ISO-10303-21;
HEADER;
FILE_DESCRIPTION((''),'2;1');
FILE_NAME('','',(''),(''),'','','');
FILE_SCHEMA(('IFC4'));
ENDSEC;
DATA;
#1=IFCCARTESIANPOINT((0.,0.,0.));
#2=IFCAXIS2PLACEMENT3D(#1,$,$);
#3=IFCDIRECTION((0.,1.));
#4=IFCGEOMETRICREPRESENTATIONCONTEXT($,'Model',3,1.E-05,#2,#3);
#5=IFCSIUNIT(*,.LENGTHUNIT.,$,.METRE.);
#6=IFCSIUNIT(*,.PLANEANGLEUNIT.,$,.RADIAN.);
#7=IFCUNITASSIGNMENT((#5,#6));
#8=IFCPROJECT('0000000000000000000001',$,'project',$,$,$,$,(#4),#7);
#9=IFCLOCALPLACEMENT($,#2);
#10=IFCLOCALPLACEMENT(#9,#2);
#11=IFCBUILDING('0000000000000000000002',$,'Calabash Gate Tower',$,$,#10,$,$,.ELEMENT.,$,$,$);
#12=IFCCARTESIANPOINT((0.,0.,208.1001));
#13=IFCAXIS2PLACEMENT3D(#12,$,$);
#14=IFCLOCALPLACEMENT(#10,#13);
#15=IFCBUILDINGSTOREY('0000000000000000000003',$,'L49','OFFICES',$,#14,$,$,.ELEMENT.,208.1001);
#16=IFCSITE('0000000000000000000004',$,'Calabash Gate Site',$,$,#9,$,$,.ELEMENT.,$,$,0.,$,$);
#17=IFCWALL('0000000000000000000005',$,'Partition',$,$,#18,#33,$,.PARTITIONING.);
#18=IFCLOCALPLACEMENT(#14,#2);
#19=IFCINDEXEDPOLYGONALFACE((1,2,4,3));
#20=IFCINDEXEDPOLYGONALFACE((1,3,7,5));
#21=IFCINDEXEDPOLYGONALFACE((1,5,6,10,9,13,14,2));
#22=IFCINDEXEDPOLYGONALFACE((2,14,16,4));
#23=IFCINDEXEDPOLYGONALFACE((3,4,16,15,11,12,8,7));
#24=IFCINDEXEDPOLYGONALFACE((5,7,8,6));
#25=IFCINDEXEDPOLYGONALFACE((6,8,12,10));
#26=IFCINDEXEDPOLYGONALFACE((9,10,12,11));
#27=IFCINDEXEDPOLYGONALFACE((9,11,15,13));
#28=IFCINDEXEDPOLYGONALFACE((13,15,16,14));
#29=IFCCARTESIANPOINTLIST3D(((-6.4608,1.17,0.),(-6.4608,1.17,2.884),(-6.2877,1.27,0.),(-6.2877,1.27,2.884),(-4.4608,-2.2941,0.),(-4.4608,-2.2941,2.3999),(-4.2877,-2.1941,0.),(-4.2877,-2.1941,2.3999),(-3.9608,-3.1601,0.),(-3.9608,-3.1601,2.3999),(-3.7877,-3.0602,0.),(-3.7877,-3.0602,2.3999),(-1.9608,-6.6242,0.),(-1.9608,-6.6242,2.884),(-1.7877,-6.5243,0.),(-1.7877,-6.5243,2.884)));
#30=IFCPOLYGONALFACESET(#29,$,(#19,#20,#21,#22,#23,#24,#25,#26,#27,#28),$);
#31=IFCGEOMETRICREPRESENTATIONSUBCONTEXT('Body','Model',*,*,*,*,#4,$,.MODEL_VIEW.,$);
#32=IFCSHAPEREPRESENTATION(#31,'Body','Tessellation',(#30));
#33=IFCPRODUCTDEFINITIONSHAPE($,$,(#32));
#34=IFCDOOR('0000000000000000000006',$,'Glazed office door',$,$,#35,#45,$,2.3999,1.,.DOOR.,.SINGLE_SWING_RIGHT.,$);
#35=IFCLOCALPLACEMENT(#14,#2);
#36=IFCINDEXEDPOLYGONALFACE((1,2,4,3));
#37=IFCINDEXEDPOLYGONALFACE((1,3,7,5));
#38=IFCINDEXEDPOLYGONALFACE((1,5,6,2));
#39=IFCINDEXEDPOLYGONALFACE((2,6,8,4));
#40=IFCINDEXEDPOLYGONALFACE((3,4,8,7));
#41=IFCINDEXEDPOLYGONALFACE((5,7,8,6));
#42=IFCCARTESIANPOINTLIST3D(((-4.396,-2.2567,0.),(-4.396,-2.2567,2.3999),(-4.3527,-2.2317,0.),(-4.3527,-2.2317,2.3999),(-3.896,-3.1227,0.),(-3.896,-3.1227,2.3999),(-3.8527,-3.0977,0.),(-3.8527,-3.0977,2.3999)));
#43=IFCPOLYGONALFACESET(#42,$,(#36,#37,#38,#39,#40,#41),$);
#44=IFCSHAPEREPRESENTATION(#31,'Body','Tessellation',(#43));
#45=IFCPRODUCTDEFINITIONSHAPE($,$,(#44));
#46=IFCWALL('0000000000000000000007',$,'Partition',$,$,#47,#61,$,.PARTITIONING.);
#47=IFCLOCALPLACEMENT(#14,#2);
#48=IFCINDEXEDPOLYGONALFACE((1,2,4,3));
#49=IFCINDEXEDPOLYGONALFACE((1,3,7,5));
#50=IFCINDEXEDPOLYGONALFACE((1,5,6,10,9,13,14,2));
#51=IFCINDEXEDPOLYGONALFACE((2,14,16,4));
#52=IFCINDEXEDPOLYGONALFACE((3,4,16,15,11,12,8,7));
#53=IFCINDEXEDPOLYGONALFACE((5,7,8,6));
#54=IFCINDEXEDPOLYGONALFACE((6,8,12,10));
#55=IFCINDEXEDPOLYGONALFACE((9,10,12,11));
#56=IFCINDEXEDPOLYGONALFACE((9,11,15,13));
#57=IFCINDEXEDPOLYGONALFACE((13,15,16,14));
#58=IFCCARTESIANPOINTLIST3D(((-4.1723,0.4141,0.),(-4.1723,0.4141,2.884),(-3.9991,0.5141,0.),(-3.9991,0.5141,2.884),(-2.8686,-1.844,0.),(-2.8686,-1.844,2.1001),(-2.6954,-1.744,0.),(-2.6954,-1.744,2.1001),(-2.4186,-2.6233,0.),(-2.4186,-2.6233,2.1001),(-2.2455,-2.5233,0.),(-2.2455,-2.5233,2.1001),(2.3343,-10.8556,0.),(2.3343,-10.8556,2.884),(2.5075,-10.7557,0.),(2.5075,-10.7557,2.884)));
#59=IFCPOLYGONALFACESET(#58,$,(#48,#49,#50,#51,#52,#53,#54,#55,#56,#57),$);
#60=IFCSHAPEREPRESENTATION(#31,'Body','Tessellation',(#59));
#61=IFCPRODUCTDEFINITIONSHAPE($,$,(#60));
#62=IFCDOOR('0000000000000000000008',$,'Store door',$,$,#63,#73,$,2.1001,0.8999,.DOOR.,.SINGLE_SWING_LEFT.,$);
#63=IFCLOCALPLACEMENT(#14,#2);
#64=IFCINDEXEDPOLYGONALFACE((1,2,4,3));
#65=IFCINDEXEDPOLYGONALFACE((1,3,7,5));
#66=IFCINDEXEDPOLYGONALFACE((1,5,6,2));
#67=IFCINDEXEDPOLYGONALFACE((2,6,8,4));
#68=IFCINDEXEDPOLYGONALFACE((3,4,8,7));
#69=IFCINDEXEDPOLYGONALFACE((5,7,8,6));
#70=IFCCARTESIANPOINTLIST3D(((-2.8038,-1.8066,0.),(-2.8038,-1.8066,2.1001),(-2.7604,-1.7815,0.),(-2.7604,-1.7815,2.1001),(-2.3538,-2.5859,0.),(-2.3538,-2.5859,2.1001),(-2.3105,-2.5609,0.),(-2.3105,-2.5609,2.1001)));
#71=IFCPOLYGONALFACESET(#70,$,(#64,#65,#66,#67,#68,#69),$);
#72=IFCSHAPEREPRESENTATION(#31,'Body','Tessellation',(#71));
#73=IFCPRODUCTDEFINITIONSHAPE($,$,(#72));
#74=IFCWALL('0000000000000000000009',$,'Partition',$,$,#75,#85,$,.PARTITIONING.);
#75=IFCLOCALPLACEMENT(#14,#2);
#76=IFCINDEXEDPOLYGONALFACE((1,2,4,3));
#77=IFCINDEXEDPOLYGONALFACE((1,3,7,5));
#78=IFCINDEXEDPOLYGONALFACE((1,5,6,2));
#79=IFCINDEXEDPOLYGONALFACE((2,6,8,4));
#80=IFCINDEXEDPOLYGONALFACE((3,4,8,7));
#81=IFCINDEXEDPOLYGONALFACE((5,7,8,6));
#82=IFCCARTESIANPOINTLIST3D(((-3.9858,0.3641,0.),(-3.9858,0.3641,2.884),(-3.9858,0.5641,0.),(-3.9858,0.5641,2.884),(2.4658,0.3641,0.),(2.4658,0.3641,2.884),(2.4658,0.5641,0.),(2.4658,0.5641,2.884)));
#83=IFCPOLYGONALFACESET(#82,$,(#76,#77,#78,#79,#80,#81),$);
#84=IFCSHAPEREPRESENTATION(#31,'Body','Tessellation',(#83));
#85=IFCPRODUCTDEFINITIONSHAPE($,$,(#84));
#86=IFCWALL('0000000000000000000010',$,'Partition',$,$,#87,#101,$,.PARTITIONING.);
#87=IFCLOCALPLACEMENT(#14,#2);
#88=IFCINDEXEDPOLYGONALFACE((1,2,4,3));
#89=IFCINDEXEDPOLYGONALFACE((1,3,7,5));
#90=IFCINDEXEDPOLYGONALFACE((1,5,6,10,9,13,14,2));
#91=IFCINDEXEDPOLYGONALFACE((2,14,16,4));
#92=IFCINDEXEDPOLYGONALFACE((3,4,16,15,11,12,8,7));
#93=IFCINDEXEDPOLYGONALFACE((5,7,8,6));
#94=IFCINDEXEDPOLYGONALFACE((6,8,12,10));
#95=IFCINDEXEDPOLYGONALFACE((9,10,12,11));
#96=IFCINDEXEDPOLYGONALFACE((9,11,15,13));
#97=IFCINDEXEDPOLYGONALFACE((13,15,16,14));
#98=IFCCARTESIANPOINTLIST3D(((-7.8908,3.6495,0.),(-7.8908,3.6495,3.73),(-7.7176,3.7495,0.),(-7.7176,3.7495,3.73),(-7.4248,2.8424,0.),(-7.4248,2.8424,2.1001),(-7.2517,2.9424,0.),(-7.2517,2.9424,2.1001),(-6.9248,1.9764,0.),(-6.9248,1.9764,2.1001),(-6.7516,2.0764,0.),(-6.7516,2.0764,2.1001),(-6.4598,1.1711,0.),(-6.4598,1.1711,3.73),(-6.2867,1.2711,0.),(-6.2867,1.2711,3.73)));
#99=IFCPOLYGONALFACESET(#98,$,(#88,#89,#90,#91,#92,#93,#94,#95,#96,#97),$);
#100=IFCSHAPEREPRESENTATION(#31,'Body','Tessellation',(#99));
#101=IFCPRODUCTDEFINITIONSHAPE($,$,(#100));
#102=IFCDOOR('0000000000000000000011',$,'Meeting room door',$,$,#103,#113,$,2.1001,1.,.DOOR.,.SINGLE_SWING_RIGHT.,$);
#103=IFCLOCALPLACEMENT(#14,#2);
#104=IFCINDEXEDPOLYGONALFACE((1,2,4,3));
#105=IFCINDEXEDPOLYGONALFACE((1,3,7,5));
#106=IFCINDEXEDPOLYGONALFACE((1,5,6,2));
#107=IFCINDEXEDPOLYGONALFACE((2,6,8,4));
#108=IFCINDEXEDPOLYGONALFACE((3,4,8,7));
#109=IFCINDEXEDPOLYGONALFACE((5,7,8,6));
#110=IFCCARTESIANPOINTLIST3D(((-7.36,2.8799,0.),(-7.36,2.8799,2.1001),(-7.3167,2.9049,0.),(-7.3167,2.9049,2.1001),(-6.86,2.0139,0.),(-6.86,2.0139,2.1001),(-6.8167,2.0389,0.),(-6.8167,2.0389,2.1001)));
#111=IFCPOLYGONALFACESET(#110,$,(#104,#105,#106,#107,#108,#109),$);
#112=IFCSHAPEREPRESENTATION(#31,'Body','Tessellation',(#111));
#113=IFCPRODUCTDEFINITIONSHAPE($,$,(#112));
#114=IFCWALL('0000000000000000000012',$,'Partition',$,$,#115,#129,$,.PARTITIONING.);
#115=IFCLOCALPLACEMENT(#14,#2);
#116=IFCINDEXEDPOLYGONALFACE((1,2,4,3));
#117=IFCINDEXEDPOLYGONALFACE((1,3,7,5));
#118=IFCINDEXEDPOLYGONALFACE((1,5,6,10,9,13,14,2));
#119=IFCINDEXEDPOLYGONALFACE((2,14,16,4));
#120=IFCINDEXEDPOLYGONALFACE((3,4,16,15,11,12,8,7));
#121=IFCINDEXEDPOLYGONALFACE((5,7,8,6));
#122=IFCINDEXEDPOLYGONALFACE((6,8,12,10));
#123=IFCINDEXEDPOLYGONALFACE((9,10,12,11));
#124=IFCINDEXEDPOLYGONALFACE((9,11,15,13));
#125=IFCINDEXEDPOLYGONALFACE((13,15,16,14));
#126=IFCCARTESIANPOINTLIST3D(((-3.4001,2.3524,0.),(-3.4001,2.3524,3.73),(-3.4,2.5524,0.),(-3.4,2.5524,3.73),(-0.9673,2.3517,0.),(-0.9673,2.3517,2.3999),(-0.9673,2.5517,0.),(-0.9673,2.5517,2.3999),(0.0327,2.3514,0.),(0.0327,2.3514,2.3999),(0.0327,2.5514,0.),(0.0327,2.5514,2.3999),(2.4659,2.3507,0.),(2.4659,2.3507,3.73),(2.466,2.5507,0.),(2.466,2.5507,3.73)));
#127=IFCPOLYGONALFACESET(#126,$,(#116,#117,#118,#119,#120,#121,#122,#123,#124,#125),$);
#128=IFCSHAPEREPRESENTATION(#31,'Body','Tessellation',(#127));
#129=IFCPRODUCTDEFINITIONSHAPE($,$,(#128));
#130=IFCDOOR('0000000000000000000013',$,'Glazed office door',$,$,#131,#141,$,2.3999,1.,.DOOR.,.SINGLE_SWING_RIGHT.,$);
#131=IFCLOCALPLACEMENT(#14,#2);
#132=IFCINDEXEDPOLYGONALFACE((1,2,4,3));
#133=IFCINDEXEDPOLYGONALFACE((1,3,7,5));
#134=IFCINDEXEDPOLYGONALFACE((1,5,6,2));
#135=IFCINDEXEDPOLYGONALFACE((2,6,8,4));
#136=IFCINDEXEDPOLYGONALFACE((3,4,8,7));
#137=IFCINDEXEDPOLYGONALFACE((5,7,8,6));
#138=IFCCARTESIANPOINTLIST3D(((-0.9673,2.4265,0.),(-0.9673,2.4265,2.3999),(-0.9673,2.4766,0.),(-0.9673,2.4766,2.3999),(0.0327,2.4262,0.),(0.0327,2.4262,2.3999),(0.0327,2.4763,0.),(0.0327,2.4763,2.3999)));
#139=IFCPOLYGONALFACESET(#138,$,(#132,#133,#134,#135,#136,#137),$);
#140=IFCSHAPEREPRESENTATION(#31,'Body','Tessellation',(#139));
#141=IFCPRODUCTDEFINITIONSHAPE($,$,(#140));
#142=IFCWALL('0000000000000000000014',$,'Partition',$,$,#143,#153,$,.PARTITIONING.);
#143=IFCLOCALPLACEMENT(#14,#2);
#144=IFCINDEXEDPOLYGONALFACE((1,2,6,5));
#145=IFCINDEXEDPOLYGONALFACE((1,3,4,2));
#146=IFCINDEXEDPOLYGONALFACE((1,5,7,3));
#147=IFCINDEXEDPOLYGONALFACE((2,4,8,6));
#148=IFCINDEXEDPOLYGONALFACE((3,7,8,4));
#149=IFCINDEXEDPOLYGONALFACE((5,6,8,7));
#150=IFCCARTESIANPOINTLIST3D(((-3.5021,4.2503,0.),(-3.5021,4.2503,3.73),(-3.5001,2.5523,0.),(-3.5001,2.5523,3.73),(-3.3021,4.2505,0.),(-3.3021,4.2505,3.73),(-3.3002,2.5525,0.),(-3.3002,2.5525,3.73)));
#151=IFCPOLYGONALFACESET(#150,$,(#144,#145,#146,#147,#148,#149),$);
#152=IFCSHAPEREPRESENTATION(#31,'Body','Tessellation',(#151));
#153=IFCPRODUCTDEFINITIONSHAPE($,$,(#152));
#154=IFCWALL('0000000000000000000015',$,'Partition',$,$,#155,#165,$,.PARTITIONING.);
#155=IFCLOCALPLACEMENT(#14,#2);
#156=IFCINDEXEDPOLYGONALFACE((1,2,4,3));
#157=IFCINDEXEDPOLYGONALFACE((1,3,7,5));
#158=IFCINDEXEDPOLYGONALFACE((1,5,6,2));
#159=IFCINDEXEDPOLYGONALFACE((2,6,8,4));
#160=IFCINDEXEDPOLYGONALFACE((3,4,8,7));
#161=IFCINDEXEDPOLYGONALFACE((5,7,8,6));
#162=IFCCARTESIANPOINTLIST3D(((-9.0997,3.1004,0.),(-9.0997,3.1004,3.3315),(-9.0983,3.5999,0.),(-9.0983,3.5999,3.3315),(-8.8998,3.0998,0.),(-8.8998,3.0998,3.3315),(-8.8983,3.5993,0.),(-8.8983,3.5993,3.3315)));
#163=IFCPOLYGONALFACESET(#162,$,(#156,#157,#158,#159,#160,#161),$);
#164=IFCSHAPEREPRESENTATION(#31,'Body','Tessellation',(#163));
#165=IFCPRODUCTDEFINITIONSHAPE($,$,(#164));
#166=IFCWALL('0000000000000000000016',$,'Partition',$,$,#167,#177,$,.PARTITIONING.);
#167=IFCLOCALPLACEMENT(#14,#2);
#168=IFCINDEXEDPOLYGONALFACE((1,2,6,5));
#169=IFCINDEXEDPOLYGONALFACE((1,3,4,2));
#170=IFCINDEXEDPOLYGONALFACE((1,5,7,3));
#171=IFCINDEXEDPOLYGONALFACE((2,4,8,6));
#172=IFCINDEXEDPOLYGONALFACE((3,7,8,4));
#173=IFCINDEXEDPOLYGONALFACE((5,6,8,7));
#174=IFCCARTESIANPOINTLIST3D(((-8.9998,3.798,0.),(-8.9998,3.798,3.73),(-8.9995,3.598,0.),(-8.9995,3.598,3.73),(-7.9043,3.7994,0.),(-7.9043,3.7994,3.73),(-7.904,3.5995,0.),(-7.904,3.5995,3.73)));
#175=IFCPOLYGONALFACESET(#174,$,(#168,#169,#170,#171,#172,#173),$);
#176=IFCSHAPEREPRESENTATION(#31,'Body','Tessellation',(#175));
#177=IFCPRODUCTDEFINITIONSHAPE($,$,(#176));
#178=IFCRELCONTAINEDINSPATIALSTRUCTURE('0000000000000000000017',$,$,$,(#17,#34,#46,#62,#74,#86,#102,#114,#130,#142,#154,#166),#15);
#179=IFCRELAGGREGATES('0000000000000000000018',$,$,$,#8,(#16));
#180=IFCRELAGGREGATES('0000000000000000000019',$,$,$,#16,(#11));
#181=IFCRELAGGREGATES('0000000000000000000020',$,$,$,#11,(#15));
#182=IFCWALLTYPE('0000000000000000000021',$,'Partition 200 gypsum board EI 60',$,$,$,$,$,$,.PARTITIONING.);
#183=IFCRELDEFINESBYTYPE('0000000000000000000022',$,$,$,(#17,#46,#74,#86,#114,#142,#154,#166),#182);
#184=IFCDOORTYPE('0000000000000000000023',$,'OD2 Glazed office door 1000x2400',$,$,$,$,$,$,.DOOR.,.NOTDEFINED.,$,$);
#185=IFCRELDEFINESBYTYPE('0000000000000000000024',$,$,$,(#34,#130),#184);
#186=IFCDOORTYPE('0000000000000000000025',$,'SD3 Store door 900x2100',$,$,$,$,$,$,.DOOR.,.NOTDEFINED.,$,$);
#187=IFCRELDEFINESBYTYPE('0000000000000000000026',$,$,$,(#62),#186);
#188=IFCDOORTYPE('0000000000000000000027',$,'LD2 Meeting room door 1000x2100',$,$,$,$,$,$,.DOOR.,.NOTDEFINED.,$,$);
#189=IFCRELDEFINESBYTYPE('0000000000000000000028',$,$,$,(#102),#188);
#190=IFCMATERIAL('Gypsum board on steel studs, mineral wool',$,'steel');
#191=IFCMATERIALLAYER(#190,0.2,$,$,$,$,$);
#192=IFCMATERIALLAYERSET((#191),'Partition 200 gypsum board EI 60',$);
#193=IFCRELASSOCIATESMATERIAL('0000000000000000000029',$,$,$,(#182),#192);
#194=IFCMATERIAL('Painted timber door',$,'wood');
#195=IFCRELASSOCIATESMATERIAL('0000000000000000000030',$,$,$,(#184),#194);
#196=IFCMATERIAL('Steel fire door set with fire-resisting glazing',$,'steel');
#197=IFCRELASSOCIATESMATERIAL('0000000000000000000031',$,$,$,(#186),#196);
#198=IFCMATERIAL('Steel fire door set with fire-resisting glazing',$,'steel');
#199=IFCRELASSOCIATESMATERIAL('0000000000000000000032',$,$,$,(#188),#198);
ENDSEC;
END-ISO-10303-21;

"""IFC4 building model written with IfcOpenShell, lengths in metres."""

from ifc_helpers import new_model, si_unit, direction, frame, frame_2d, origin, place, context, subcontext, project, spatial, rectangle, extrude, material, layer, layer_set, type_object, element, fill, save


model = new_model("IFC4")

# Units and contexts
model_context = context("Model", 3, precision=1e-05, world=origin(), true_north=direction((0.0, 1.0)))
body_context = subcontext(model_context, "Body", "Model", "MODEL_VIEW")
ifc_project = project(units=[si_unit("LENGTHUNIT", "METRE"), si_unit("PLANEANGLEUNIT", "RADIAN")], contexts=[model_context])

# Site, building, storey
site_placement = place(None, origin())
site = spatial("IfcSite", under=ifc_project, at=site_placement, Name="Calabash Gate Site", CompositionType="ELEMENT", RefElevation=0.0)
building_placement = place(site_placement, origin())
building = spatial("IfcBuilding", under=site, at=building_placement, Name="Calabash Gate Tower", CompositionType="ELEMENT")
storey_placement = place(building_placement, frame((0.0, 0.0, 208.1001)))
storey = spatial("IfcBuildingStorey", under=building, at=storey_placement, Name="L49", Description="OFFICES", CompositionType="ELEMENT", Elevation=208.1001)

# Walls, openings, doors
ifc_material_1 = material(Name="Gypsum board on steel studs, mineral wool", Category="steel")
ifc_layer_1 = layer(ifc_material_1, 0.2)
ifc_layer_set_1 = layer_set([ifc_layer_1], Name="Partition 200 gypsum board EI 60")
wall_type_1 = type_object("IfcWallType", Name="Partition 200 gypsum board EI 60", PredefinedType="PARTITIONING", material=ifc_layer_set_1)
wall_1_placement = place(storey_placement, frame((-6.3743, 1.22, 0.0), z_axis=(0.0, 0.0, 1.0), x_axis=(0.500002, -0.866024, 0.0)))
wall_1 = element("IfcWall", 1, at=wall_1_placement, inside=storey, type_object=wall_type_1, Name="Partition", PredefinedType="PARTITIONING", context=body_context, shape_type="SweptSolid", body=[
    extrude(rectangle(XDim=9.0, YDim=0.2, at=frame_2d((4.5, 0.0))), origin(), (0.0, 0.0, 1.0), 2.884),
])
opening_1_placement = place(wall_1_placement, frame((4.0, 0.0, 0.0)))
opening_1 = element("IfcOpeningElement", 2, at=opening_1_placement, cuts=wall_1, PredefinedType="OPENING", context=body_context, shape_type="SweptSolid", body=[
    extrude(rectangle(XDim=1.0, YDim=2.3999, at=frame_2d((0.5, 1.2))), frame((0.0, 0.1099, 0.0), z_axis=(0.0, -1.0, 0.0), x_axis=(1.0, 0.0, 0.0)), (0.0, 0.0, 1.0), 0.22),
])
ifc_material_2 = material(Name="Painted timber door", Category="wood")
door_type_1 = type_object("IfcDoorType", Name="OD2 Glazed office door 1000x2400", OperationType="NOTDEFINED", PredefinedType="DOOR", material=ifc_material_2)
door_1_placement = place(opening_1_placement, origin())
door_1 = element("IfcDoor", 3, at=door_1_placement, inside=storey, type_object=door_type_1, Name="Glazed office door", OperationType="SINGLE_SWING_RIGHT", OverallHeight=2.3999, OverallWidth=1.0, PredefinedType="DOOR", context=body_context, shape_type="SweptSolid", body=[
    extrude(rectangle(XDim=1.0, YDim=2.3999, at=frame_2d((0.5, 1.2))), frame((0.0, 0.0249, 0.0), z_axis=(0.0, -1.0, 0.0), x_axis=(1.0, 0.0, 0.0)), (0.0, 0.0, 1.0), 0.05),
])
fill(opening_1, door_1)
wall_2_placement = place(storey_placement, frame((-4.0857, 0.4641, 0.0), z_axis=(0.0, 0.0, 1.0), x_axis=(0.499999, -0.866026, 0.0)))
wall_2 = element("IfcWall", 4, at=wall_2_placement, inside=storey, type_object=wall_type_1, Name="Partition", PredefinedType="PARTITIONING", context=body_context, shape_type="SweptSolid", body=[
    extrude(rectangle(XDim=13.0132, YDim=0.2, at=frame_2d((6.5066, 0.0))), origin(), (0.0, 0.0, 1.0), 2.884),
])
opening_2_placement = place(wall_2_placement, frame((2.6074, 0.0, 0.0)))
opening_2 = element("IfcOpeningElement", 5, at=opening_2_placement, cuts=wall_2, PredefinedType="OPENING", context=body_context, shape_type="SweptSolid", body=[
    extrude(rectangle(XDim=0.8999, YDim=2.1001, at=frame_2d((0.45, 1.05))), frame((0.0, 0.1099, 0.0), z_axis=(0.0, -1.0, 0.0), x_axis=(1.0, 0.0, 0.0)), (0.0, 0.0, 1.0), 0.22),
])
ifc_material_3 = material(Name="Steel fire door set with fire-resisting glazing", Category="steel")
door_type_2 = type_object("IfcDoorType", Name="SD3 Store door 900x2100", OperationType="NOTDEFINED", PredefinedType="DOOR", material=ifc_material_3)
door_2_placement = place(opening_2_placement, origin())
door_2 = element("IfcDoor", 6, at=door_2_placement, inside=storey, type_object=door_type_2, Name="Store door", OperationType="SINGLE_SWING_LEFT", OverallHeight=2.1001, OverallWidth=0.8999, PredefinedType="DOOR", context=body_context, shape_type="SweptSolid", body=[
    extrude(rectangle(XDim=0.8999, YDim=2.1001, at=frame_2d((0.45, 1.05))), frame((0.0, 0.0249, 0.0), z_axis=(0.0, -1.0, 0.0), x_axis=(1.0, 0.0, 0.0)), (0.0, 0.0, 1.0), 0.05),
])
fill(opening_2, door_2)

# Wall
wall_3_placement = place(storey_placement, frame((-3.9858, 0.4641, 0.0), z_axis=(0.0, 0.0, 1.0), x_axis=(1.0, 0.0, 0.0)))
element("IfcWall", 7, at=wall_3_placement, inside=storey, type_object=wall_type_1, Name="Partition", PredefinedType="PARTITIONING", context=body_context, shape_type="SweptSolid", body=[
    extrude(rectangle(XDim=6.4517, YDim=0.2, at=frame_2d((3.2258, 0.0))), origin(), (0.0, 0.0, 1.0), 2.884),
])

# Walls, openings, doors
wall_4_placement = place(storey_placement, frame((-7.8042, 3.6995, 0.0), z_axis=(0.0, 0.0, 1.0), x_axis=(0.50002, -0.866014, 0.0)))
wall_4 = element("IfcWall", 8, at=wall_4_placement, inside=storey, type_object=wall_type_1, Name="Partition", PredefinedType="PARTITIONING", context=body_context, shape_type="SweptSolid", body=[
    extrude(rectangle(XDim=2.8618, YDim=0.2, at=frame_2d((1.4309, 0.0))), origin(), (0.0, 0.0, 1.0), 3.73),
])
opening_3_placement = place(wall_4_placement, frame((0.9319, 0.0, 0.0)))
opening_3 = element("IfcOpeningElement", 9, at=opening_3_placement, cuts=wall_4, PredefinedType="OPENING", context=body_context, shape_type="SweptSolid", body=[
    extrude(rectangle(XDim=1.0, YDim=2.1001, at=frame_2d((0.5, 1.05))), frame((0.0, 0.1099, 0.0), z_axis=(0.0, -1.0, 0.0), x_axis=(1.0, 0.0, 0.0)), (0.0, 0.0, 1.0), 0.22),
])
ifc_material_4 = material(Name="Steel fire door set with fire-resisting glazing", Category="steel")
door_type_3 = type_object("IfcDoorType", Name="LD2 Meeting room door 1000x2100", OperationType="NOTDEFINED", PredefinedType="DOOR", material=ifc_material_4)
door_3_placement = place(opening_3_placement, origin())
door_3 = element("IfcDoor", 10, at=door_3_placement, inside=storey, type_object=door_type_3, Name="Meeting room door", OperationType="SINGLE_SWING_RIGHT", OverallHeight=2.1001, OverallWidth=1.0, PredefinedType="DOOR", context=body_context, shape_type="SweptSolid", body=[
    extrude(rectangle(XDim=1.0, YDim=2.1001, at=frame_2d((0.5, 1.05))), frame((0.0, 0.0249, 0.0), z_axis=(0.0, -1.0, 0.0), x_axis=(1.0, 0.0, 0.0)), (0.0, 0.0, 1.0), 0.05),
])
fill(opening_3, door_3)
wall_5_placement = place(storey_placement, frame((-3.4001, 2.4524, 0.0), z_axis=(0.0, 0.0, 1.0), x_axis=(1.0, -0.000291, 0.0)))
wall_5 = element("IfcWall", 11, at=wall_5_placement, inside=storey, type_object=wall_type_1, Name="Partition", PredefinedType="PARTITIONING", context=body_context, shape_type="SweptSolid", body=[
    extrude(rectangle(XDim=5.866, YDim=0.2, at=frame_2d((2.9331, 0.0))), origin(), (0.0, 0.0, 1.0), 3.73),
])
opening_4_placement = place(wall_5_placement, frame((2.4329, 0.0, 0.0)))
opening_4 = element("IfcOpeningElement", 12, at=opening_4_placement, cuts=wall_5, PredefinedType="OPENING", context=body_context, shape_type="SweptSolid", body=[
    extrude(rectangle(XDim=1.0, YDim=2.3999, at=frame_2d((0.5, 1.2))), frame((0.0, 0.1099, 0.0), z_axis=(0.0, -1.0, 0.0), x_axis=(1.0, 0.0, 0.0)), (0.0, 0.0, 1.0), 0.22),
])
door_4_placement = place(opening_4_placement, origin())
door_4 = element("IfcDoor", 13, at=door_4_placement, inside=storey, type_object=door_type_1, Name="Glazed office door", OperationType="SINGLE_SWING_RIGHT", OverallHeight=2.3999, OverallWidth=1.0, PredefinedType="DOOR", context=body_context, shape_type="SweptSolid", body=[
    extrude(rectangle(XDim=1.0, YDim=2.3999, at=frame_2d((0.5, 1.2))), frame((0.0, 0.0249, 0.0), z_axis=(0.0, -1.0, 0.0), x_axis=(1.0, 0.0, 0.0)), (0.0, 0.0, 1.0), 0.05),
])
fill(opening_4, door_4)

# Walls
wall_6_placement = place(storey_placement, frame((-3.4021, 4.2505, 0.0), z_axis=(0.0, 0.0, 1.0), x_axis=(0.00115, -0.999999, 0.0)))
element("IfcWall", 14, at=wall_6_placement, inside=storey, type_object=wall_type_1, Name="Partition", PredefinedType="PARTITIONING", context=body_context, shape_type="SweptSolid", body=[
    extrude(rectangle(XDim=1.698, YDim=0.2, at=frame_2d((0.8491, 0.0))), origin(), (0.0, 0.0, 1.0), 3.73),
])
wall_7_placement = place(storey_placement, frame((-8.9998, 3.1001, 0.0), z_axis=(0.0, 0.0, 1.0), x_axis=(0.002933, 0.999996, 0.0)))
element("IfcWall", 15, at=wall_7_placement, inside=storey, type_object=wall_type_1, Name="Partition", PredefinedType="PARTITIONING", context=body_context, shape_type="SweptSolid", body=[
    extrude(rectangle(XDim=0.4995, YDim=0.2, at=frame_2d((0.2498, 0.0))), origin(), (0.0, 0.0, 1.0), 3.3315),
])
wall_8_placement = place(storey_placement, frame((-8.9998, 3.698, 0.0), z_axis=(0.0, 0.0, 1.0), x_axis=(0.999999, 0.001337, 0.0)))
element("IfcWall", 16, at=wall_8_placement, inside=storey, type_object=wall_type_1, Name="Partition", PredefinedType="PARTITIONING", context=body_context, shape_type="SweptSolid", body=[
    extrude(rectangle(XDim=1.0955, YDim=0.2, at=frame_2d((0.5479, 0.0))), origin(), (0.0, 0.0, 1.0), 3.73),
])

save(model, "model.ifc")
